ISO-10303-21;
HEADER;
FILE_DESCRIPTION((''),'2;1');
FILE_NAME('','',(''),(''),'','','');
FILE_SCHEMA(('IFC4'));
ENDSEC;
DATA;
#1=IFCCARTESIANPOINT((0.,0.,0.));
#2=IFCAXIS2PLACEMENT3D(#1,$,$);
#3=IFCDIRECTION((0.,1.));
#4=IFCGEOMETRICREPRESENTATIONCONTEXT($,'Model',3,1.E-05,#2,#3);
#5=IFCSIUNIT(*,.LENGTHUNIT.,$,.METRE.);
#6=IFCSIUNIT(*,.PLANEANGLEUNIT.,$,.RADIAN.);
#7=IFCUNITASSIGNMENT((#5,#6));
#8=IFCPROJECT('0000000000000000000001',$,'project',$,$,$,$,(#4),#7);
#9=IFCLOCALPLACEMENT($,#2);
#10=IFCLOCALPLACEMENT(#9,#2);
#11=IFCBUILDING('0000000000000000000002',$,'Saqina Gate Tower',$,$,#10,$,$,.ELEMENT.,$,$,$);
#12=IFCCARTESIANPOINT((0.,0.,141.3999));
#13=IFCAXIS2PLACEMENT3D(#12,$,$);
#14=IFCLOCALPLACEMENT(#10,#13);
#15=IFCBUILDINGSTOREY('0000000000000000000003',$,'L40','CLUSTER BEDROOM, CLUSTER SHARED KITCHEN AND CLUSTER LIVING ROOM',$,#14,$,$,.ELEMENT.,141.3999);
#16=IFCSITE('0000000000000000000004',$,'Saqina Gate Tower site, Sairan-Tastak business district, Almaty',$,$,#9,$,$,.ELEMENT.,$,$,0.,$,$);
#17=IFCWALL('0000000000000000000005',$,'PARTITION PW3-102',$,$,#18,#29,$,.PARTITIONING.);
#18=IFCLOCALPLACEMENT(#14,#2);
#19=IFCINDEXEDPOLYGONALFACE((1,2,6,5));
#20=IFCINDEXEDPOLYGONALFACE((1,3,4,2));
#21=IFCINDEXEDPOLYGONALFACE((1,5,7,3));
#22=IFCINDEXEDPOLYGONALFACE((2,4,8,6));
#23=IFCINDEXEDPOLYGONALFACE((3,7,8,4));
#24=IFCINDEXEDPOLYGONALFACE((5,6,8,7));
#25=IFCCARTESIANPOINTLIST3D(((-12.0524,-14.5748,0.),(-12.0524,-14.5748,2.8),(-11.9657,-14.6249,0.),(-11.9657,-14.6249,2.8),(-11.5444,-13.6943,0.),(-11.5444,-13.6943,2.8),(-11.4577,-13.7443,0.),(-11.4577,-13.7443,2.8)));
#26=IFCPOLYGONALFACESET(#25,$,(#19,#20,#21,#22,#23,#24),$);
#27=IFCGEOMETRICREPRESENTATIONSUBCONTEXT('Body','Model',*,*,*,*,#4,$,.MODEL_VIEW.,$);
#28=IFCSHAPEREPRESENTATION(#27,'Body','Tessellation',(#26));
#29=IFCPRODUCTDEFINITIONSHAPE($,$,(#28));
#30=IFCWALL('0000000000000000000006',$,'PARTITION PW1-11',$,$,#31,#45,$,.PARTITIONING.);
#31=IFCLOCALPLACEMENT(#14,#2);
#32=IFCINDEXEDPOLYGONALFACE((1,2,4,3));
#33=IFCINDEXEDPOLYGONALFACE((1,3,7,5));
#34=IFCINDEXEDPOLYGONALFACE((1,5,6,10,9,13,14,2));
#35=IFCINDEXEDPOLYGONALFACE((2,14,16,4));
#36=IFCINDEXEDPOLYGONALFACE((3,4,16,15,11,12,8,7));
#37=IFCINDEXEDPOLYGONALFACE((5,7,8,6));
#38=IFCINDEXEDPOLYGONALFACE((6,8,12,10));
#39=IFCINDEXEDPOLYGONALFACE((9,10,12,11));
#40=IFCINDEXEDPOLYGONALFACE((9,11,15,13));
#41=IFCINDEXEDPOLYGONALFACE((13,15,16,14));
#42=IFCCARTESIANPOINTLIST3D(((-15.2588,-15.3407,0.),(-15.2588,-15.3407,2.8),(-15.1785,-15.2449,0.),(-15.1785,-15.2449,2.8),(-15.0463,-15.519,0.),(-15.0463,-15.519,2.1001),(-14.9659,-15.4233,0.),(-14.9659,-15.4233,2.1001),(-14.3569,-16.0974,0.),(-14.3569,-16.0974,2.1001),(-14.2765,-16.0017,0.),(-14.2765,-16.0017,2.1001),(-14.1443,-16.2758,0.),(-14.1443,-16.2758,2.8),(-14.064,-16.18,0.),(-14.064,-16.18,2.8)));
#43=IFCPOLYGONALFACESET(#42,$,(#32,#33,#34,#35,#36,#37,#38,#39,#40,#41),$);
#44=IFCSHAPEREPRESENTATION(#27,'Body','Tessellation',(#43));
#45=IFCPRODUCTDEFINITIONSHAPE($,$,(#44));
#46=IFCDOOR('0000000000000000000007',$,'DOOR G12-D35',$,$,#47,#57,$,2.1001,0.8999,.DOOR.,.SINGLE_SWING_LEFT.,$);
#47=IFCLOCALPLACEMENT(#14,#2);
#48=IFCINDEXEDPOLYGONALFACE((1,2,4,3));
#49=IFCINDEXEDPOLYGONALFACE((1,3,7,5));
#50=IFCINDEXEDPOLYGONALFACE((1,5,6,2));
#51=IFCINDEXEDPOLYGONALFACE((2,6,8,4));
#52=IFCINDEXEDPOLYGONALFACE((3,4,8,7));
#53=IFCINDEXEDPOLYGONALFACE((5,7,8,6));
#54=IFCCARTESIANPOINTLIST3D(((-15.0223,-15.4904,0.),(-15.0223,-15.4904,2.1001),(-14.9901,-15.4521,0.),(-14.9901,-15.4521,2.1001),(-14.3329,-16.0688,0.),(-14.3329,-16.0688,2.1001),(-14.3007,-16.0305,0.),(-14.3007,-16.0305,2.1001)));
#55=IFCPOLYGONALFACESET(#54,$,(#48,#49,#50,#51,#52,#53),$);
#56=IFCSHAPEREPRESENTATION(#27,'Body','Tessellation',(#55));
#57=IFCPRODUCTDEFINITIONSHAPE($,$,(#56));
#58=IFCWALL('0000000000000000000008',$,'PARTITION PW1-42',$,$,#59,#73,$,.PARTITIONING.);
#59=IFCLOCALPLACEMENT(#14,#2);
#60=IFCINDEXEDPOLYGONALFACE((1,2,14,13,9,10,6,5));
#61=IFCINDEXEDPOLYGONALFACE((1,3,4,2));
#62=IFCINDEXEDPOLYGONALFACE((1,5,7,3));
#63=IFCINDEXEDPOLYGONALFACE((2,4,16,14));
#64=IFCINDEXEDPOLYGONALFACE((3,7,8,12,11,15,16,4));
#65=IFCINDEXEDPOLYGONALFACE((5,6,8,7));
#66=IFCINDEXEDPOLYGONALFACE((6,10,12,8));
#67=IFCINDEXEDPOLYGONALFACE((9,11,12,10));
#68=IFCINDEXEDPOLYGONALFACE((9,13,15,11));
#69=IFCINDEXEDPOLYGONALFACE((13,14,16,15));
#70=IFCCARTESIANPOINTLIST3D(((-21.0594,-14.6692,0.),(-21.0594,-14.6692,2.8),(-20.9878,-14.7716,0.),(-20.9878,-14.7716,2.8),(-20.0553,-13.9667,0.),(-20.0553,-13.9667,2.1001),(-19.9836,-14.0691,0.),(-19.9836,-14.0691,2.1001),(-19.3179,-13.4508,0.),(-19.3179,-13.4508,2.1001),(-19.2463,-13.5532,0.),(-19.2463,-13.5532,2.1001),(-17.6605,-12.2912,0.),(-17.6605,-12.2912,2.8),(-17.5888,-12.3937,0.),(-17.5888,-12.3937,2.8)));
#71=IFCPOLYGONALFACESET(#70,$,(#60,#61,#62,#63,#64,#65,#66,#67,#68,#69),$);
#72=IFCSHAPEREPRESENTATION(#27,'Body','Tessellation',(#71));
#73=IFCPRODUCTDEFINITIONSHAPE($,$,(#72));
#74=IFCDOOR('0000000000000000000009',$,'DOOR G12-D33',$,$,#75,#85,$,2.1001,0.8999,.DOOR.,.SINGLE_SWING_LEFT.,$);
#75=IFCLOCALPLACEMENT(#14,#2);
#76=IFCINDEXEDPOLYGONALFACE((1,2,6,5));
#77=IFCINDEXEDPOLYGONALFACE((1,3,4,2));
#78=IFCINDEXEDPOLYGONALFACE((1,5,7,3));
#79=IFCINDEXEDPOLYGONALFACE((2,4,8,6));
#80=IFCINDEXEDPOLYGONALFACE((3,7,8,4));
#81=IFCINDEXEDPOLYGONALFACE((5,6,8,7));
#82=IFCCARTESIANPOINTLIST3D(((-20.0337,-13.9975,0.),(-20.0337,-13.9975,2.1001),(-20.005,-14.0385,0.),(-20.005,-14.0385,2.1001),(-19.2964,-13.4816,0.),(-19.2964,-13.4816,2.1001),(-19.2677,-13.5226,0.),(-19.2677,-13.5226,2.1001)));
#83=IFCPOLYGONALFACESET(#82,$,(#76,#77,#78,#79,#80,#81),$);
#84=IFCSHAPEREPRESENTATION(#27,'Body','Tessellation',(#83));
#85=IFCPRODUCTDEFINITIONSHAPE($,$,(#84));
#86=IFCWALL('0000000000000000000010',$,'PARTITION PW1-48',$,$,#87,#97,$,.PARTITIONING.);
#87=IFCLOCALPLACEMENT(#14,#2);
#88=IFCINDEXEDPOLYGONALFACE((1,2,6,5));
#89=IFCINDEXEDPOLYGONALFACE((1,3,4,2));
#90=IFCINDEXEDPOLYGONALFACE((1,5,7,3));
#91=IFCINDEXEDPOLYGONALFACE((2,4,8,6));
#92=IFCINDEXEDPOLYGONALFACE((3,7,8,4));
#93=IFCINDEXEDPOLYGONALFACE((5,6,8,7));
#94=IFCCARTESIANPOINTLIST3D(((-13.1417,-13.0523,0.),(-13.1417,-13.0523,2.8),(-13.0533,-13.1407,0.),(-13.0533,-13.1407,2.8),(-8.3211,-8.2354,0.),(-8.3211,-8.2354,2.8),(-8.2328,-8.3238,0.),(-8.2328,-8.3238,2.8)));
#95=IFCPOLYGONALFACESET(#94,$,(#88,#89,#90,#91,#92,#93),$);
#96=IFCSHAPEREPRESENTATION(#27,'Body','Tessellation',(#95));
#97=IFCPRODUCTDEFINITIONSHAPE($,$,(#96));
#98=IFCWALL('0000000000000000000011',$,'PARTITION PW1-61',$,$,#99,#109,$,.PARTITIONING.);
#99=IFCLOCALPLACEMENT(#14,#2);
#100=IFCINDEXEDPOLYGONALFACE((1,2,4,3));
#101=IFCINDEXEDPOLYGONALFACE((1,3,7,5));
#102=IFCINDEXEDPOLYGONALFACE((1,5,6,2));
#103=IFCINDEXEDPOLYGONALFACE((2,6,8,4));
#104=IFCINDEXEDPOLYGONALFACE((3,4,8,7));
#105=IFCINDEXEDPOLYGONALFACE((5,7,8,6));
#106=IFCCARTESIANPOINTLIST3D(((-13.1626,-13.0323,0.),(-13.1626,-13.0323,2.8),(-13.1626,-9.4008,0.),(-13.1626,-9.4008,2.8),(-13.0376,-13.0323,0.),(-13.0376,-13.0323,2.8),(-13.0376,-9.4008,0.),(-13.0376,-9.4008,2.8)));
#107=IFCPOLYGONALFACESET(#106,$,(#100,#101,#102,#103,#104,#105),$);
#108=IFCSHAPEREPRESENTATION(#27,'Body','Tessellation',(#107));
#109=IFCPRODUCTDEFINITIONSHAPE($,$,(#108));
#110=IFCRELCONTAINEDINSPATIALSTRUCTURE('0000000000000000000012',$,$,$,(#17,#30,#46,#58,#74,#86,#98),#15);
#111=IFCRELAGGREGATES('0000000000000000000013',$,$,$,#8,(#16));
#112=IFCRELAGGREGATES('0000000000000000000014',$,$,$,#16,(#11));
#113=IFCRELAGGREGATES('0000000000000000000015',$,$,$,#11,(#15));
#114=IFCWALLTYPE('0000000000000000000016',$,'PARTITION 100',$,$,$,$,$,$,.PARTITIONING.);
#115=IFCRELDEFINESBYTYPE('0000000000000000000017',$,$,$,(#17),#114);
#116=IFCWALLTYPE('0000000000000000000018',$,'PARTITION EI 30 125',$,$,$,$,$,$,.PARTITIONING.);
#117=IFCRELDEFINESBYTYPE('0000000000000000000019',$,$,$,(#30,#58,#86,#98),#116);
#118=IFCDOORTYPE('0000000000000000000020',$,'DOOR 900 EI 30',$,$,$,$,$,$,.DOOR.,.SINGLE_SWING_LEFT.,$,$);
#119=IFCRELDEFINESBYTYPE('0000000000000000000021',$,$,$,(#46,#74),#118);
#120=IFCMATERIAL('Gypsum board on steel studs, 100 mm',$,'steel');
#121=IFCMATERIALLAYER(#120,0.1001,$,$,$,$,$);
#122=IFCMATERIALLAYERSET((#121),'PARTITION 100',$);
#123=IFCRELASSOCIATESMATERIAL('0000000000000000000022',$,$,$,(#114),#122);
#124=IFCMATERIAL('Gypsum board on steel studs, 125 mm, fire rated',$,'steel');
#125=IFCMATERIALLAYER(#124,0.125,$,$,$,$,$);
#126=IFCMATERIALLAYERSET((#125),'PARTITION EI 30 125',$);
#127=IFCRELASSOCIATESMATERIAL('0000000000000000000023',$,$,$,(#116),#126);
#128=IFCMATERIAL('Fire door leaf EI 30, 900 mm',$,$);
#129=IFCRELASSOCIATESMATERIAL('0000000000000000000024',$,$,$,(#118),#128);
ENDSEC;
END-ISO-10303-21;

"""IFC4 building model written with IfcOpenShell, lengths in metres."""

from ifc_helpers import new_model, si_unit, direction, frame, frame_2d, origin, place, context, subcontext, project, spatial, rectangle, extrude, material, layer, layer_set, type_object, element, fill, save


model = new_model("IFC4")

# Units and contexts
model_context = context("Model", 3, precision=1e-05, world=origin(), true_north=direction((0.0, 1.0)))
body_context = subcontext(model_context, "Body", "Model", "MODEL_VIEW")
ifc_project = project(units=[si_unit("LENGTHUNIT", "METRE"), si_unit("PLANEANGLEUNIT", "RADIAN")], contexts=[model_context])

# Site, building, storey
site_placement = place(None, origin())
site = spatial("IfcSite", under=ifc_project, at=site_placement, Name="Saqina Gate Tower site, Sairan-Tastak business district, Almaty", CompositionType="ELEMENT", RefElevation=0.0)
building_placement = place(site_placement, origin())
building = spatial("IfcBuilding", under=site, at=building_placement, Name="Saqina Gate Tower", CompositionType="ELEMENT")
storey_placement = place(building_placement, frame((0.0, 0.0, 141.3999)))
storey = spatial("IfcBuildingStorey", under=building, at=storey_placement, Name="L40", Description="CLUSTER BEDROOM, CLUSTER SHARED KITCHEN AND CLUSTER LIVING ROOM", CompositionType="ELEMENT", Elevation=141.3999)

# Shared definitions
ifc_material_1 = material(Name="Gypsum board on steel studs, 100 mm", Category="steel")
ifc_layer_1 = layer(ifc_material_1, 0.1001)
ifc_layer_set_1 = layer_set([ifc_layer_1], Name="PARTITION 100")
wall_type_1 = type_object("IfcWallType", Name="PARTITION 100", PredefinedType="PARTITIONING", material=ifc_layer_set_1)

# Wall
wall_1_placement = place(storey_placement, frame((-12.009, -14.5999, 0.0), z_axis=(0.0, 0.0, 1.0), x_axis=(0.499729, 0.866182, 0.0)))
element("IfcWall", 1, at=wall_1_placement, inside=storey, type_object=wall_type_1, Name="PARTITION PW3-102", PredefinedType="PARTITIONING", context=body_context, shape_type="SweptSolid", body=[
    extrude(rectangle(XDim=1.0166, YDim=0.1001, at=frame_2d((0.5083, 0.0))), origin(), (0.0, 0.0, 1.0), 2.8),
])

# Walls, openings, doors
ifc_material_2 = material(Name="Gypsum board on steel studs, 125 mm, fire rated", Category="steel")
ifc_layer_2 = layer(ifc_material_2, 0.125)
ifc_layer_set_2 = layer_set([ifc_layer_2], Name="PARTITION EI 30 125")
wall_type_2 = type_object("IfcWallType", Name="PARTITION EI 30 125", PredefinedType="PARTITIONING", material=ifc_layer_set_2)
wall_2_placement = place(storey_placement, frame((-15.2188, -15.2927, 0.0), z_axis=(0.0, 0.0, 1.0), x_axis=(0.766085, -0.642739, 0.0)))
wall_2 = element("IfcWall", 2, at=wall_2_placement, inside=storey, type_object=wall_type_2, Name="PARTITION PW1-11", PredefinedType="PARTITIONING", context=body_context, shape_type="SweptSolid", body=[
    extrude(rectangle(XDim=1.4548, YDim=0.125, at=frame_2d((0.7275, 0.0))), origin(), (0.0, 0.0, 1.0), 2.8),
])
opening_1_placement = place(wall_2_placement, frame((0.2776, 0.0, 0.0)))
opening_1 = element("IfcOpeningElement", 3, at=opening_1_placement, cuts=wall_2, PredefinedType="OPENING", context=body_context, shape_type="SweptSolid", body=[
    extrude(rectangle(XDim=0.8999, YDim=2.1001, at=frame_2d((0.45, 1.05))), frame((0.0, 0.0745, 0.0), z_axis=(0.0, -1.0, 0.0), x_axis=(1.0, 0.0, 0.0)), (0.0, 0.0, 1.0), 0.1489),
])
ifc_material_3 = material(Name="Fire door leaf EI 30, 900 mm")
door_type_1 = type_object("IfcDoorType", Name="DOOR 900 EI 30", OperationType="SINGLE_SWING_LEFT", PredefinedType="DOOR", material=ifc_material_3)
door_1_placement = place(opening_1_placement, origin())
door_1 = element("IfcDoor", 4, at=door_1_placement, inside=storey, type_object=door_type_1, Name="DOOR G12-D35", OperationType="SINGLE_SWING_LEFT", OverallHeight=2.1001, OverallWidth=0.8999, PredefinedType="DOOR", context=body_context, shape_type="SweptSolid", body=[
    extrude(rectangle(XDim=0.8999, YDim=2.1001, at=frame_2d((0.45, 1.05))), frame((0.0, 0.0249, 0.0), z_axis=(0.0, -1.0, 0.0), x_axis=(1.0, 0.0, 0.0)), (0.0, 0.0, 1.0), 0.05),
])
fill(opening_1, door_1)
wall_3_placement = place(storey_placement, frame((-21.0237, -14.7205, 0.0), z_axis=(0.0, 0.0, 1.0), x_axis=(0.819381, 0.573249, 0.0)))
wall_3 = element("IfcWall", 5, at=wall_3_placement, inside=storey, type_object=wall_type_2, Name="PARTITION PW1-42", PredefinedType="PARTITIONING", context=body_context, shape_type="SweptSolid", body=[
    extrude(rectangle(XDim=4.1482, YDim=0.125, at=frame_2d((2.0742, 0.0))), origin(), (0.0, 0.0, 1.0), 2.8),
])
opening_2_placement = place(wall_3_placement, frame((1.2256, 0.0, 0.0)))
opening_2 = element("IfcOpeningElement", 6, at=opening_2_placement, cuts=wall_3, PredefinedType="OPENING", context=body_context, shape_type="SweptSolid", body=[
    extrude(rectangle(XDim=0.8999, YDim=2.1001, at=frame_2d((0.45, 1.05))), frame((0.0, 0.0745, 0.0), z_axis=(0.0, -1.0, 0.0), x_axis=(1.0, 0.0, 0.0)), (0.0, 0.0, 1.0), 0.1489),
])
door_2_placement = place(opening_2_placement, origin())
door_2 = element("IfcDoor", 7, at=door_2_placement, inside=storey, type_object=door_type_1, Name="DOOR G12-D33", OperationType="SINGLE_SWING_LEFT", OverallHeight=2.1001, OverallWidth=0.8999, PredefinedType="DOOR", context=body_context, shape_type="SweptSolid", body=[
    extrude(rectangle(XDim=0.8999, YDim=2.1001, at=frame_2d((0.45, 1.05))), frame((0.0, 0.0249, 0.0), z_axis=(0.0, -1.0, 0.0), x_axis=(1.0, 0.0, 0.0)), (0.0, 0.0, 1.0), 0.05),
])
fill(opening_2, door_2)

# Walls
wall_4_placement = place(storey_placement, frame((-13.0974, -13.0964, 0.0), z_axis=(0.0, 0.0, 1.0), x_axis=(0.707375, 0.706838, 0.0)))
element("IfcWall", 8, at=wall_4_placement, inside=storey, type_object=wall_type_2, Name="PARTITION PW1-48", PredefinedType="PARTITIONING", context=body_context, shape_type="SweptSolid", body=[
    extrude(rectangle(XDim=6.8147, YDim=0.125, at=frame_2d((3.4072, 0.0))), origin(), (0.0, 0.0, 1.0), 2.8),
])
wall_5_placement = place(storey_placement, frame((-13.1001, -13.0325, 0.0), z_axis=(0.0, 0.0, 1.0), x_axis=(0.0, 1.0, 0.0)))
element("IfcWall", 9, at=wall_5_placement, inside=storey, type_object=wall_type_2, Name="PARTITION PW1-61", PredefinedType="PARTITIONING", context=body_context, shape_type="SweptSolid", body=[
    extrude(rectangle(XDim=3.6316, YDim=0.125, at=frame_2d((1.8159, 0.0))), origin(), (0.0, 0.0, 1.0), 2.8),
])

save(model, "model.ifc")
